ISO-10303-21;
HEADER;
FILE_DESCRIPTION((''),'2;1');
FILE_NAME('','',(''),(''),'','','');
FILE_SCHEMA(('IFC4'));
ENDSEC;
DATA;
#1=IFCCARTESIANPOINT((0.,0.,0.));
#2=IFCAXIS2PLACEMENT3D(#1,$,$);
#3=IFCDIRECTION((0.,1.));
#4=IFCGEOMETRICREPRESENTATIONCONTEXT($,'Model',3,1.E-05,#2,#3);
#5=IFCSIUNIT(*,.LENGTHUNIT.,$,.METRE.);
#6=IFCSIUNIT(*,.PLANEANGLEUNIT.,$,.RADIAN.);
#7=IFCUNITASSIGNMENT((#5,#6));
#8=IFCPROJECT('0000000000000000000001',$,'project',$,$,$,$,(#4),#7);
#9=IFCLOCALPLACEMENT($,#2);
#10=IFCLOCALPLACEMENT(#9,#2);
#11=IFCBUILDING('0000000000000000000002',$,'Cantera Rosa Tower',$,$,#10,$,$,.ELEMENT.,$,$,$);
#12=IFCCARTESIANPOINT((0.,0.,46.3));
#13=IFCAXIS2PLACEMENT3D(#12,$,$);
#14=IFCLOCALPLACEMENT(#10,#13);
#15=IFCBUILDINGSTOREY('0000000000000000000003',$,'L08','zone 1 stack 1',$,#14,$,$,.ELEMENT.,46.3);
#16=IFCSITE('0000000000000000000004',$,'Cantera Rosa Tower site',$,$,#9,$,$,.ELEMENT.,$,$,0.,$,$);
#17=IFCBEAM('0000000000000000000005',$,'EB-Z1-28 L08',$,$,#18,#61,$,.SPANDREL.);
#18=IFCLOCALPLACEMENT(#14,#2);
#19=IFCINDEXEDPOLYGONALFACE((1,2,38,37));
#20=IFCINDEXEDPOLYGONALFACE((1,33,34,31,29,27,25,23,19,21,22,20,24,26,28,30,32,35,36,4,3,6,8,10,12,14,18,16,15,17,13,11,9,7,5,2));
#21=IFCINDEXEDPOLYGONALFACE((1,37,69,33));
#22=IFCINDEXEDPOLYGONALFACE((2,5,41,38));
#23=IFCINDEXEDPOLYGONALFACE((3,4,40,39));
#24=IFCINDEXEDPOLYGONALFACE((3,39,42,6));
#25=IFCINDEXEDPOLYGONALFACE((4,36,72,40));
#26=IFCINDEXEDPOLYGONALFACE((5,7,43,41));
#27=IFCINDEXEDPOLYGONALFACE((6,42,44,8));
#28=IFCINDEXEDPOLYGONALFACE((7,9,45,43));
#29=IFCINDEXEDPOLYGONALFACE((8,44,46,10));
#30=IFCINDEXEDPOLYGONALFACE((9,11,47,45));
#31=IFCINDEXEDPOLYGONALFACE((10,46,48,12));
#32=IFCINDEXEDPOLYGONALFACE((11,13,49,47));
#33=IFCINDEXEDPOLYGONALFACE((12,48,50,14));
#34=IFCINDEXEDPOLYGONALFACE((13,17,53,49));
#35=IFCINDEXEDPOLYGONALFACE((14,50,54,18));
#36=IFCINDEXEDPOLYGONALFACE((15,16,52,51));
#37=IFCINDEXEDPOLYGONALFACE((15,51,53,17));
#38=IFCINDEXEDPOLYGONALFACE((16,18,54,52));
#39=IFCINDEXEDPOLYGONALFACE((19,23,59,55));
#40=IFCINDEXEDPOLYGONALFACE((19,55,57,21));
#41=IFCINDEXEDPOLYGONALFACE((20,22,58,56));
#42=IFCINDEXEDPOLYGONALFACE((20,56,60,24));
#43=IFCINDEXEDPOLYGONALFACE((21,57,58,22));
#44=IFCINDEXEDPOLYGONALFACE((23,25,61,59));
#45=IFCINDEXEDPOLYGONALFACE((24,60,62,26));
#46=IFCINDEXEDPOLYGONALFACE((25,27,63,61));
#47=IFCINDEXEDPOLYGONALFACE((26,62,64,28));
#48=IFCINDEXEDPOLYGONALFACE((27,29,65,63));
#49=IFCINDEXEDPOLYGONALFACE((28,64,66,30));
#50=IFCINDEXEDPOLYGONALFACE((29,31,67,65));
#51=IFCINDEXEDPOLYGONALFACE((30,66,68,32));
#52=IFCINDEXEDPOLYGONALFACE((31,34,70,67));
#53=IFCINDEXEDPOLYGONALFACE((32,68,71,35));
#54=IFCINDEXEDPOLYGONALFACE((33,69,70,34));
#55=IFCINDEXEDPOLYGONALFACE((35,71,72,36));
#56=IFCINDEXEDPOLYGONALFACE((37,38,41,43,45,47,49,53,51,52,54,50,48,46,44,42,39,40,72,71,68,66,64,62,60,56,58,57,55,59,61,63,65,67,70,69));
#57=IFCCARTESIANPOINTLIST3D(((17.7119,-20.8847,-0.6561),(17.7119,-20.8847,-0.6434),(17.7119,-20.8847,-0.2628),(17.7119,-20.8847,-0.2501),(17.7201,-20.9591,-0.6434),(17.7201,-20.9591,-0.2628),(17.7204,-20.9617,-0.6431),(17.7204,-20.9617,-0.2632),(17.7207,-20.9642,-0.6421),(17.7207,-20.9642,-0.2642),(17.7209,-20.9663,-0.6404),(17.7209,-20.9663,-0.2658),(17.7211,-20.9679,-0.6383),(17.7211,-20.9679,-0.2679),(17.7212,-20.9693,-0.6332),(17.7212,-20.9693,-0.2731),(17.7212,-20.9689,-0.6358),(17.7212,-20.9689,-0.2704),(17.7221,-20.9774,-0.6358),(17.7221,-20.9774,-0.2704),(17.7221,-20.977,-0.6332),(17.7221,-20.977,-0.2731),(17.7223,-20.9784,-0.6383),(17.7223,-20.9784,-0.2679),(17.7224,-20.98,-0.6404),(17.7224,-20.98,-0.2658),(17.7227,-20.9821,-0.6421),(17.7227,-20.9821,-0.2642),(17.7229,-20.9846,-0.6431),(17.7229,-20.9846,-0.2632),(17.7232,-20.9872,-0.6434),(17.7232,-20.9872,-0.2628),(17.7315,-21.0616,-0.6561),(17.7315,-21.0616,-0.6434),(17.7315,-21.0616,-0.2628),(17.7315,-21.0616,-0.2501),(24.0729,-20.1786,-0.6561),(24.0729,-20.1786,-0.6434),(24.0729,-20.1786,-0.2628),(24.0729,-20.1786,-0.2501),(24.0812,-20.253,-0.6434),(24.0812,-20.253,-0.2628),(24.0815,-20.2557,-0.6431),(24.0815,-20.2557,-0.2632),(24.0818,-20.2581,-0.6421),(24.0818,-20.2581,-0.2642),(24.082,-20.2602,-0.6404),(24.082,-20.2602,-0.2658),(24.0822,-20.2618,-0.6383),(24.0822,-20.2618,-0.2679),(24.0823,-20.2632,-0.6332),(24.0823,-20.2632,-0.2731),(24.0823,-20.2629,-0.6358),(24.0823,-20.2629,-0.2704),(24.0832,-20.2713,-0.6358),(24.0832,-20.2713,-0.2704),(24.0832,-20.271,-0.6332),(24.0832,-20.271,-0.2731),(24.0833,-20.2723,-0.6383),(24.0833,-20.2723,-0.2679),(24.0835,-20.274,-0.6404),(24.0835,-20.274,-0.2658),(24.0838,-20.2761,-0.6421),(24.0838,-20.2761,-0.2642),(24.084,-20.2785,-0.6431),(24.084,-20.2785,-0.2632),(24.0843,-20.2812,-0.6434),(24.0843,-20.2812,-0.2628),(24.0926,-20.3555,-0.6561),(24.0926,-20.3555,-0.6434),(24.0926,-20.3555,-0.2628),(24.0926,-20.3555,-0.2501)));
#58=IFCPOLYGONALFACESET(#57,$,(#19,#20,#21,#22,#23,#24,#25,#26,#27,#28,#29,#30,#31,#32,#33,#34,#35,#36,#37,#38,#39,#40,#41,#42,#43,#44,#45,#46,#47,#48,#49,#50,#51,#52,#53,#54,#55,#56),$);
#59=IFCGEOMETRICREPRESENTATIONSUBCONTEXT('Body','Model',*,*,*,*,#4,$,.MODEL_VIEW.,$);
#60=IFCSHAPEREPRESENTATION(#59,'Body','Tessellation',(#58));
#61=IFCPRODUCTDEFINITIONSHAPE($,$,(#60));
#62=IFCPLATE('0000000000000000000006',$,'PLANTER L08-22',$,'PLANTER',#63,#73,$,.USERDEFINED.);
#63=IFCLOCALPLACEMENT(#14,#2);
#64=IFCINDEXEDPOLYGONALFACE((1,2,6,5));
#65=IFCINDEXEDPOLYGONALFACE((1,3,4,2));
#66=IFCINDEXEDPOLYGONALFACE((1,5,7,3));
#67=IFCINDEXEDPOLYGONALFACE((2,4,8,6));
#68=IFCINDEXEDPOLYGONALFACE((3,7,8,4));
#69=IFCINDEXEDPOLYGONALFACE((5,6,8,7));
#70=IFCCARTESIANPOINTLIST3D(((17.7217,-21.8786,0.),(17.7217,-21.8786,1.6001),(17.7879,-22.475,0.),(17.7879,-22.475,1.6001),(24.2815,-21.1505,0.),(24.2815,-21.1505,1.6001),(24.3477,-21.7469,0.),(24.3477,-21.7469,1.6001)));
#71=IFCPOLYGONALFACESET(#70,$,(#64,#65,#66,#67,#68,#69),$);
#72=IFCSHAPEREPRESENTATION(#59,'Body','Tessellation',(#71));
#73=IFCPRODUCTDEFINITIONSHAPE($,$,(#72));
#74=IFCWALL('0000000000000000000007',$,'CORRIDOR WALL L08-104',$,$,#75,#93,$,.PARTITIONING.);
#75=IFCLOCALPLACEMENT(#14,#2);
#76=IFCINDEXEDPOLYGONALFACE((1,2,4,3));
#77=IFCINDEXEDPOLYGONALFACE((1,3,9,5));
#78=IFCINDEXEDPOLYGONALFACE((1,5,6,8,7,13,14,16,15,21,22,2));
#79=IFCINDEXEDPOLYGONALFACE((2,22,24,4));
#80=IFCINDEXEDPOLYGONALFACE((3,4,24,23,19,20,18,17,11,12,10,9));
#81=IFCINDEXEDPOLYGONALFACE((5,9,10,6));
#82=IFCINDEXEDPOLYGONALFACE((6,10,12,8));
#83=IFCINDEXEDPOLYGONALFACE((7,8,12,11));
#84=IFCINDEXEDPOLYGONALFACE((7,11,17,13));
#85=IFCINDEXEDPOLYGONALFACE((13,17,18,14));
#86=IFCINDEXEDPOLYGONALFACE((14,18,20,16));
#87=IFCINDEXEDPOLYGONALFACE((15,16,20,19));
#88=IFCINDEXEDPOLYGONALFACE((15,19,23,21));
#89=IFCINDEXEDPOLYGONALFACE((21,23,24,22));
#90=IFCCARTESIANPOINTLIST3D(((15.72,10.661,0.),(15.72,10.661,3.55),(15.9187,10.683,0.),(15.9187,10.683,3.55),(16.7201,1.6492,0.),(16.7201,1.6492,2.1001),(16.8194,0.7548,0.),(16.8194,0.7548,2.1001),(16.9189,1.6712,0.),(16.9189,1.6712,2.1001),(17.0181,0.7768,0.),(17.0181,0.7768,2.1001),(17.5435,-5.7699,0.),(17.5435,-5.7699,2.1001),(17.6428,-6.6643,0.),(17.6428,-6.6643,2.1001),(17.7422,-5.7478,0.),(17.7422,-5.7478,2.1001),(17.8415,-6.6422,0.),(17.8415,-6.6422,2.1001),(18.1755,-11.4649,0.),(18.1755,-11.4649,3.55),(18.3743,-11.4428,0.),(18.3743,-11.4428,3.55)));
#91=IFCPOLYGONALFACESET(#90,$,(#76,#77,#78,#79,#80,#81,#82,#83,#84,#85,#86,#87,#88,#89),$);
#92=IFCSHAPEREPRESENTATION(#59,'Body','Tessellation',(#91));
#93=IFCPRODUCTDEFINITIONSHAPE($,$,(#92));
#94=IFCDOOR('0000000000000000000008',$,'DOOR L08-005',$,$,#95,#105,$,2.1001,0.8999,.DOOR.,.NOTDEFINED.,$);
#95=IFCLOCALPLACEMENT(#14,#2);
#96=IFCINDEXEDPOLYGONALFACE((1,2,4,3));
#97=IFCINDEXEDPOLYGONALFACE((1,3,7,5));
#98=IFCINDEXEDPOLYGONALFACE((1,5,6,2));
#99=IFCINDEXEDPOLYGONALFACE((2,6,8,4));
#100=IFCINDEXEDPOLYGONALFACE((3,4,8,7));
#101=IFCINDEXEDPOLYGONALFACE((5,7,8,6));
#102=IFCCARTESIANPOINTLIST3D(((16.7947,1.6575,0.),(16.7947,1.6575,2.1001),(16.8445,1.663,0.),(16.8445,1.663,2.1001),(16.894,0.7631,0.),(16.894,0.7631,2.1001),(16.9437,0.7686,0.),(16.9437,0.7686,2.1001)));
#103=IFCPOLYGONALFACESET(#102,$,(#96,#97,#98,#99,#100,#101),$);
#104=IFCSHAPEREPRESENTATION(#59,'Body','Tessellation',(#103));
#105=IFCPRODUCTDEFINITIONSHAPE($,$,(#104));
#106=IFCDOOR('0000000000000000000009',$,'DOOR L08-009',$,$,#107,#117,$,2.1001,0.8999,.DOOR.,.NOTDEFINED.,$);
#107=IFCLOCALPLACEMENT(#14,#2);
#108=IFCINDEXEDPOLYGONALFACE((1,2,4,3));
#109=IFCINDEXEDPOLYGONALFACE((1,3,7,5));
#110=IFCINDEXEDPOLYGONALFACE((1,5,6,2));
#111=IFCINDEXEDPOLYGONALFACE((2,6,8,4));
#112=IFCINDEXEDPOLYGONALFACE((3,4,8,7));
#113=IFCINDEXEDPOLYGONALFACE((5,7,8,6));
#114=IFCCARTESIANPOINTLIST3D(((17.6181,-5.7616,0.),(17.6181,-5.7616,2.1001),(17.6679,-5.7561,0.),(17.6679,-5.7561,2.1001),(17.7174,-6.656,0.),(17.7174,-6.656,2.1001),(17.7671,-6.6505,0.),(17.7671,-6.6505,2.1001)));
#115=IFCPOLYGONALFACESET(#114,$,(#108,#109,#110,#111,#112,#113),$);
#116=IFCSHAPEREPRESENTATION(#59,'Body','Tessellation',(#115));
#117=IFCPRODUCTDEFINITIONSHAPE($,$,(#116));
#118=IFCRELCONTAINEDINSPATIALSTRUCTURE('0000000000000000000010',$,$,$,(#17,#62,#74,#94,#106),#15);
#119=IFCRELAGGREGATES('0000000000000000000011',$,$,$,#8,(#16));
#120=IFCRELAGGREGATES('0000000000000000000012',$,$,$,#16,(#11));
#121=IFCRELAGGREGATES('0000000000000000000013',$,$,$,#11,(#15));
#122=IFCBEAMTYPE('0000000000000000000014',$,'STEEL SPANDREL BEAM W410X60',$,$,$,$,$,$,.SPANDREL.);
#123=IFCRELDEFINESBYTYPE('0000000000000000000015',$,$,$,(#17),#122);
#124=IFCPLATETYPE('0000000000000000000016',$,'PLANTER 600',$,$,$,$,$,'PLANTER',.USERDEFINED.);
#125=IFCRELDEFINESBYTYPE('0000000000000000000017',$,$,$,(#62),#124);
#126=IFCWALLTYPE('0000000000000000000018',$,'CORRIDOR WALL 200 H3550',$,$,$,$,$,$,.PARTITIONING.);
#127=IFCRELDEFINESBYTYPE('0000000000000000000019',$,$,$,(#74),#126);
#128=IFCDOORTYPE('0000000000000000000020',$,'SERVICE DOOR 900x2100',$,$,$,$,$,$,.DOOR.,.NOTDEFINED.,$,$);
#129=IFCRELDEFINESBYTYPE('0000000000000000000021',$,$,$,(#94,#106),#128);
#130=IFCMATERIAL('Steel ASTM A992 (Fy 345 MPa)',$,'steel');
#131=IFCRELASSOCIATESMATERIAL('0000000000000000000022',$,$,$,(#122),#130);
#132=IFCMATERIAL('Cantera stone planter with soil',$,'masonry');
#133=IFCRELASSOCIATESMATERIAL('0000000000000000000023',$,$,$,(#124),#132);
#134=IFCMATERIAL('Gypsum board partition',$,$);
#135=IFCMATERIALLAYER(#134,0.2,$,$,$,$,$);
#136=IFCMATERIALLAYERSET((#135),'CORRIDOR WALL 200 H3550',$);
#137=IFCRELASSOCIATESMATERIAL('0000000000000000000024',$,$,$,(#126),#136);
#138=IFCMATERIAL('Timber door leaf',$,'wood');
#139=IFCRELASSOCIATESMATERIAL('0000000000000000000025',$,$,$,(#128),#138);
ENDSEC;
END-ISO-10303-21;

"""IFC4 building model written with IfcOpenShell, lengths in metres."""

from ifc_helpers import new_model, si_unit, direction, frame, frame_2d, origin, origin_2d, place, context, subcontext, project, spatial, rectangle, i_section, extrude, material, layer, layer_set, material_profile, profile_set, type_object, element, fill, save


model = new_model("IFC4")

# Units and contexts
model_context = context("Model", 3, precision=1e-05, world=origin(), true_north=direction((0.0, 1.0)))
body_context = subcontext(model_context, "Body", "Model", "MODEL_VIEW")
ifc_project = project(units=[si_unit("LENGTHUNIT", "METRE"), si_unit("PLANEANGLEUNIT", "RADIAN")], contexts=[model_context])

# Site, building, storey
site_placement = place(None, origin())
site = spatial("IfcSite", under=ifc_project, at=site_placement, Name="Cantera Rosa Tower site", CompositionType="ELEMENT", RefElevation=0.0)
building_placement = place(site_placement, origin())
building = spatial("IfcBuilding", under=site, at=building_placement, Name="Cantera Rosa Tower", CompositionType="ELEMENT")
storey_placement = place(building_placement, frame((0.0, 0.0, 46.3)))
storey = spatial("IfcBuildingStorey", under=building, at=storey_placement, Name="L08", Description="zone 1 stack 1", CompositionType="ELEMENT", Elevation=46.3)

# Beam
ifc_material_1 = material(Name="Steel ASTM A992 (Fy 345 MPa)", Category="steel")
ifc_material_profile_1 = material_profile(ifc_material_1, i_section(OverallWidth=0.178, OverallDepth=0.406, WebThickness=0.0078, FlangeThickness=0.0127, FilletRadius=0.0103, at=origin_2d()), Name="W410X60")
ifc_profile_set_1 = profile_set([ifc_material_profile_1], Name="Steel ASTM A992 (Fy 345 MPa)")
beam_type_1 = type_object("IfcBeamType", Name="STEEL SPANDREL BEAM W410X60", PredefinedType="SPANDREL", material=ifc_profile_set_1)
beam_1_placement = place(storey_placement, frame((17.7217, -20.9731, -0.4531), z_axis=(0.993896, 0.110318, 0.0), x_axis=(-0.110318, 0.993896, 0.0)))
element("IfcBeam", 1, at=beam_1_placement, inside=storey, type_object=beam_type_1, Name="EB-Z1-28 L08", PredefinedType="SPANDREL", context=body_context, shape_type="SweptSolid", body=[
    extrude(i_section(OverallWidth=0.178, OverallDepth=0.406, WebThickness=0.0078, FlangeThickness=0.0127, FilletRadius=0.0103, at=origin_2d()), origin(), (0.0, 0.0, 1.0), 6.4001),
])

# Plate
ifc_material_2 = material(Name="Cantera stone planter with soil", Category="masonry")
plate_type = type_object("IfcPlateType", Name="PLANTER 600", ElementType="PLANTER", PredefinedType="USERDEFINED", material=ifc_material_2)
plate_placement = place(storey_placement, frame((21.0347, -21.8127, 0.0), z_axis=(0.0, 0.0, 1.0), x_axis=(0.993897, 0.110313, 0.0)))
element("IfcPlate", 2, at=plate_placement, inside=storey, type_object=plate_type, Name="PLANTER L08-22", ObjectType="PLANTER", PredefinedType="USERDEFINED", context=body_context, shape_type="SweptSolid", body=[
    extrude(rectangle(XDim=6.6001, YDim=0.6001, at=origin_2d()), origin(), (0.0, 0.0, 1.0), 1.6001),
])

# Wall, openings, doors
ifc_material_3 = material(Name="Gypsum board partition")
ifc_layer_1 = layer(ifc_material_3, 0.2)
ifc_layer_set_1 = layer_set([ifc_layer_1], Name="CORRIDOR WALL 200 H3550")
wall_type_1 = type_object("IfcWallType", Name="CORRIDOR WALL 200 H3550", PredefinedType="PARTITIONING", material=ifc_layer_set_1)
wall_1_placement = place(storey_placement, frame((18.2749, -11.4539, 0.0), z_axis=(0.0, 0.0, 1.0), x_axis=(-0.110304, 0.993898, 0.0)))
wall_1 = element("IfcWall", 3, at=wall_1_placement, inside=storey, type_object=wall_type_1, Name="CORRIDOR WALL L08-104", PredefinedType="PARTITIONING", context=body_context, shape_type="SweptSolid", body=[
    extrude(rectangle(XDim=22.2617, YDim=0.2, at=frame_2d((11.1309, 0.0))), origin(), (0.0, 0.0, 1.0), 3.55),
])
opening_1_placement = place(wall_1_placement, frame((12.2947, 0.0, 0.0)))
opening_1 = element("IfcOpeningElement", 4, at=opening_1_placement, cuts=wall_1, PredefinedType="OPENING", context=body_context, shape_type="SweptSolid", body=[
    extrude(rectangle(XDim=0.8999, YDim=2.1001, at=frame_2d((0.45, 1.05))), frame((0.0, 0.1099, 0.0), z_axis=(0.0, -1.0, 0.0), x_axis=(1.0, 0.0, 0.0)), (0.0, 0.0, 1.0), 0.22),
])
opening_2_placement = place(wall_1_placement, frame((4.8301, 0.0, 0.0)))
opening_2 = element("IfcOpeningElement", 5, at=opening_2_placement, cuts=wall_1, PredefinedType="OPENING", context=body_context, shape_type="SweptSolid", body=[
    extrude(rectangle(XDim=0.8999, YDim=2.1001, at=frame_2d((0.45, 1.05))), frame((0.0, 0.1099, 0.0), z_axis=(0.0, -1.0, 0.0), x_axis=(1.0, 0.0, 0.0)), (0.0, 0.0, 1.0), 0.22),
])
ifc_material_4 = material(Name="Timber door leaf", Category="wood")
door_type_1 = type_object("IfcDoorType", Name="SERVICE DOOR 900x2100", OperationType="NOTDEFINED", PredefinedType="DOOR", material=ifc_material_4)
door_1_placement = place(opening_1_placement, origin())
door_1 = element("IfcDoor", 6, at=door_1_placement, inside=storey, type_object=door_type_1, Name="DOOR L08-005", OperationType="NOTDEFINED", OverallHeight=2.1001, OverallWidth=0.8999, PredefinedType="DOOR", context=body_context, shape_type="SweptSolid", body=[
    extrude(rectangle(XDim=0.8999, YDim=2.1001, at=frame_2d((0.45, 1.05))), frame((0.0, 0.0249, 0.0), z_axis=(0.0, -1.0, 0.0), x_axis=(1.0, 0.0, 0.0)), (0.0, 0.0, 1.0), 0.05),
])
fill(opening_1, door_1)
door_2_placement = place(opening_2_placement, origin())
door_2 = element("IfcDoor", 7, at=door_2_placement, inside=storey, type_object=door_type_1, Name="DOOR L08-009", OperationType="NOTDEFINED", OverallHeight=2.1001, OverallWidth=0.8999, PredefinedType="DOOR", context=body_context, shape_type="SweptSolid", body=[
    extrude(rectangle(XDim=0.8999, YDim=2.1001, at=frame_2d((0.45, 1.05))), frame((0.0, 0.0249, 0.0), z_axis=(0.0, -1.0, 0.0), x_axis=(1.0, 0.0, 0.0)), (0.0, 0.0, 1.0), 0.05),
])
fill(opening_2, door_2)

save(model, "model.ifc")
